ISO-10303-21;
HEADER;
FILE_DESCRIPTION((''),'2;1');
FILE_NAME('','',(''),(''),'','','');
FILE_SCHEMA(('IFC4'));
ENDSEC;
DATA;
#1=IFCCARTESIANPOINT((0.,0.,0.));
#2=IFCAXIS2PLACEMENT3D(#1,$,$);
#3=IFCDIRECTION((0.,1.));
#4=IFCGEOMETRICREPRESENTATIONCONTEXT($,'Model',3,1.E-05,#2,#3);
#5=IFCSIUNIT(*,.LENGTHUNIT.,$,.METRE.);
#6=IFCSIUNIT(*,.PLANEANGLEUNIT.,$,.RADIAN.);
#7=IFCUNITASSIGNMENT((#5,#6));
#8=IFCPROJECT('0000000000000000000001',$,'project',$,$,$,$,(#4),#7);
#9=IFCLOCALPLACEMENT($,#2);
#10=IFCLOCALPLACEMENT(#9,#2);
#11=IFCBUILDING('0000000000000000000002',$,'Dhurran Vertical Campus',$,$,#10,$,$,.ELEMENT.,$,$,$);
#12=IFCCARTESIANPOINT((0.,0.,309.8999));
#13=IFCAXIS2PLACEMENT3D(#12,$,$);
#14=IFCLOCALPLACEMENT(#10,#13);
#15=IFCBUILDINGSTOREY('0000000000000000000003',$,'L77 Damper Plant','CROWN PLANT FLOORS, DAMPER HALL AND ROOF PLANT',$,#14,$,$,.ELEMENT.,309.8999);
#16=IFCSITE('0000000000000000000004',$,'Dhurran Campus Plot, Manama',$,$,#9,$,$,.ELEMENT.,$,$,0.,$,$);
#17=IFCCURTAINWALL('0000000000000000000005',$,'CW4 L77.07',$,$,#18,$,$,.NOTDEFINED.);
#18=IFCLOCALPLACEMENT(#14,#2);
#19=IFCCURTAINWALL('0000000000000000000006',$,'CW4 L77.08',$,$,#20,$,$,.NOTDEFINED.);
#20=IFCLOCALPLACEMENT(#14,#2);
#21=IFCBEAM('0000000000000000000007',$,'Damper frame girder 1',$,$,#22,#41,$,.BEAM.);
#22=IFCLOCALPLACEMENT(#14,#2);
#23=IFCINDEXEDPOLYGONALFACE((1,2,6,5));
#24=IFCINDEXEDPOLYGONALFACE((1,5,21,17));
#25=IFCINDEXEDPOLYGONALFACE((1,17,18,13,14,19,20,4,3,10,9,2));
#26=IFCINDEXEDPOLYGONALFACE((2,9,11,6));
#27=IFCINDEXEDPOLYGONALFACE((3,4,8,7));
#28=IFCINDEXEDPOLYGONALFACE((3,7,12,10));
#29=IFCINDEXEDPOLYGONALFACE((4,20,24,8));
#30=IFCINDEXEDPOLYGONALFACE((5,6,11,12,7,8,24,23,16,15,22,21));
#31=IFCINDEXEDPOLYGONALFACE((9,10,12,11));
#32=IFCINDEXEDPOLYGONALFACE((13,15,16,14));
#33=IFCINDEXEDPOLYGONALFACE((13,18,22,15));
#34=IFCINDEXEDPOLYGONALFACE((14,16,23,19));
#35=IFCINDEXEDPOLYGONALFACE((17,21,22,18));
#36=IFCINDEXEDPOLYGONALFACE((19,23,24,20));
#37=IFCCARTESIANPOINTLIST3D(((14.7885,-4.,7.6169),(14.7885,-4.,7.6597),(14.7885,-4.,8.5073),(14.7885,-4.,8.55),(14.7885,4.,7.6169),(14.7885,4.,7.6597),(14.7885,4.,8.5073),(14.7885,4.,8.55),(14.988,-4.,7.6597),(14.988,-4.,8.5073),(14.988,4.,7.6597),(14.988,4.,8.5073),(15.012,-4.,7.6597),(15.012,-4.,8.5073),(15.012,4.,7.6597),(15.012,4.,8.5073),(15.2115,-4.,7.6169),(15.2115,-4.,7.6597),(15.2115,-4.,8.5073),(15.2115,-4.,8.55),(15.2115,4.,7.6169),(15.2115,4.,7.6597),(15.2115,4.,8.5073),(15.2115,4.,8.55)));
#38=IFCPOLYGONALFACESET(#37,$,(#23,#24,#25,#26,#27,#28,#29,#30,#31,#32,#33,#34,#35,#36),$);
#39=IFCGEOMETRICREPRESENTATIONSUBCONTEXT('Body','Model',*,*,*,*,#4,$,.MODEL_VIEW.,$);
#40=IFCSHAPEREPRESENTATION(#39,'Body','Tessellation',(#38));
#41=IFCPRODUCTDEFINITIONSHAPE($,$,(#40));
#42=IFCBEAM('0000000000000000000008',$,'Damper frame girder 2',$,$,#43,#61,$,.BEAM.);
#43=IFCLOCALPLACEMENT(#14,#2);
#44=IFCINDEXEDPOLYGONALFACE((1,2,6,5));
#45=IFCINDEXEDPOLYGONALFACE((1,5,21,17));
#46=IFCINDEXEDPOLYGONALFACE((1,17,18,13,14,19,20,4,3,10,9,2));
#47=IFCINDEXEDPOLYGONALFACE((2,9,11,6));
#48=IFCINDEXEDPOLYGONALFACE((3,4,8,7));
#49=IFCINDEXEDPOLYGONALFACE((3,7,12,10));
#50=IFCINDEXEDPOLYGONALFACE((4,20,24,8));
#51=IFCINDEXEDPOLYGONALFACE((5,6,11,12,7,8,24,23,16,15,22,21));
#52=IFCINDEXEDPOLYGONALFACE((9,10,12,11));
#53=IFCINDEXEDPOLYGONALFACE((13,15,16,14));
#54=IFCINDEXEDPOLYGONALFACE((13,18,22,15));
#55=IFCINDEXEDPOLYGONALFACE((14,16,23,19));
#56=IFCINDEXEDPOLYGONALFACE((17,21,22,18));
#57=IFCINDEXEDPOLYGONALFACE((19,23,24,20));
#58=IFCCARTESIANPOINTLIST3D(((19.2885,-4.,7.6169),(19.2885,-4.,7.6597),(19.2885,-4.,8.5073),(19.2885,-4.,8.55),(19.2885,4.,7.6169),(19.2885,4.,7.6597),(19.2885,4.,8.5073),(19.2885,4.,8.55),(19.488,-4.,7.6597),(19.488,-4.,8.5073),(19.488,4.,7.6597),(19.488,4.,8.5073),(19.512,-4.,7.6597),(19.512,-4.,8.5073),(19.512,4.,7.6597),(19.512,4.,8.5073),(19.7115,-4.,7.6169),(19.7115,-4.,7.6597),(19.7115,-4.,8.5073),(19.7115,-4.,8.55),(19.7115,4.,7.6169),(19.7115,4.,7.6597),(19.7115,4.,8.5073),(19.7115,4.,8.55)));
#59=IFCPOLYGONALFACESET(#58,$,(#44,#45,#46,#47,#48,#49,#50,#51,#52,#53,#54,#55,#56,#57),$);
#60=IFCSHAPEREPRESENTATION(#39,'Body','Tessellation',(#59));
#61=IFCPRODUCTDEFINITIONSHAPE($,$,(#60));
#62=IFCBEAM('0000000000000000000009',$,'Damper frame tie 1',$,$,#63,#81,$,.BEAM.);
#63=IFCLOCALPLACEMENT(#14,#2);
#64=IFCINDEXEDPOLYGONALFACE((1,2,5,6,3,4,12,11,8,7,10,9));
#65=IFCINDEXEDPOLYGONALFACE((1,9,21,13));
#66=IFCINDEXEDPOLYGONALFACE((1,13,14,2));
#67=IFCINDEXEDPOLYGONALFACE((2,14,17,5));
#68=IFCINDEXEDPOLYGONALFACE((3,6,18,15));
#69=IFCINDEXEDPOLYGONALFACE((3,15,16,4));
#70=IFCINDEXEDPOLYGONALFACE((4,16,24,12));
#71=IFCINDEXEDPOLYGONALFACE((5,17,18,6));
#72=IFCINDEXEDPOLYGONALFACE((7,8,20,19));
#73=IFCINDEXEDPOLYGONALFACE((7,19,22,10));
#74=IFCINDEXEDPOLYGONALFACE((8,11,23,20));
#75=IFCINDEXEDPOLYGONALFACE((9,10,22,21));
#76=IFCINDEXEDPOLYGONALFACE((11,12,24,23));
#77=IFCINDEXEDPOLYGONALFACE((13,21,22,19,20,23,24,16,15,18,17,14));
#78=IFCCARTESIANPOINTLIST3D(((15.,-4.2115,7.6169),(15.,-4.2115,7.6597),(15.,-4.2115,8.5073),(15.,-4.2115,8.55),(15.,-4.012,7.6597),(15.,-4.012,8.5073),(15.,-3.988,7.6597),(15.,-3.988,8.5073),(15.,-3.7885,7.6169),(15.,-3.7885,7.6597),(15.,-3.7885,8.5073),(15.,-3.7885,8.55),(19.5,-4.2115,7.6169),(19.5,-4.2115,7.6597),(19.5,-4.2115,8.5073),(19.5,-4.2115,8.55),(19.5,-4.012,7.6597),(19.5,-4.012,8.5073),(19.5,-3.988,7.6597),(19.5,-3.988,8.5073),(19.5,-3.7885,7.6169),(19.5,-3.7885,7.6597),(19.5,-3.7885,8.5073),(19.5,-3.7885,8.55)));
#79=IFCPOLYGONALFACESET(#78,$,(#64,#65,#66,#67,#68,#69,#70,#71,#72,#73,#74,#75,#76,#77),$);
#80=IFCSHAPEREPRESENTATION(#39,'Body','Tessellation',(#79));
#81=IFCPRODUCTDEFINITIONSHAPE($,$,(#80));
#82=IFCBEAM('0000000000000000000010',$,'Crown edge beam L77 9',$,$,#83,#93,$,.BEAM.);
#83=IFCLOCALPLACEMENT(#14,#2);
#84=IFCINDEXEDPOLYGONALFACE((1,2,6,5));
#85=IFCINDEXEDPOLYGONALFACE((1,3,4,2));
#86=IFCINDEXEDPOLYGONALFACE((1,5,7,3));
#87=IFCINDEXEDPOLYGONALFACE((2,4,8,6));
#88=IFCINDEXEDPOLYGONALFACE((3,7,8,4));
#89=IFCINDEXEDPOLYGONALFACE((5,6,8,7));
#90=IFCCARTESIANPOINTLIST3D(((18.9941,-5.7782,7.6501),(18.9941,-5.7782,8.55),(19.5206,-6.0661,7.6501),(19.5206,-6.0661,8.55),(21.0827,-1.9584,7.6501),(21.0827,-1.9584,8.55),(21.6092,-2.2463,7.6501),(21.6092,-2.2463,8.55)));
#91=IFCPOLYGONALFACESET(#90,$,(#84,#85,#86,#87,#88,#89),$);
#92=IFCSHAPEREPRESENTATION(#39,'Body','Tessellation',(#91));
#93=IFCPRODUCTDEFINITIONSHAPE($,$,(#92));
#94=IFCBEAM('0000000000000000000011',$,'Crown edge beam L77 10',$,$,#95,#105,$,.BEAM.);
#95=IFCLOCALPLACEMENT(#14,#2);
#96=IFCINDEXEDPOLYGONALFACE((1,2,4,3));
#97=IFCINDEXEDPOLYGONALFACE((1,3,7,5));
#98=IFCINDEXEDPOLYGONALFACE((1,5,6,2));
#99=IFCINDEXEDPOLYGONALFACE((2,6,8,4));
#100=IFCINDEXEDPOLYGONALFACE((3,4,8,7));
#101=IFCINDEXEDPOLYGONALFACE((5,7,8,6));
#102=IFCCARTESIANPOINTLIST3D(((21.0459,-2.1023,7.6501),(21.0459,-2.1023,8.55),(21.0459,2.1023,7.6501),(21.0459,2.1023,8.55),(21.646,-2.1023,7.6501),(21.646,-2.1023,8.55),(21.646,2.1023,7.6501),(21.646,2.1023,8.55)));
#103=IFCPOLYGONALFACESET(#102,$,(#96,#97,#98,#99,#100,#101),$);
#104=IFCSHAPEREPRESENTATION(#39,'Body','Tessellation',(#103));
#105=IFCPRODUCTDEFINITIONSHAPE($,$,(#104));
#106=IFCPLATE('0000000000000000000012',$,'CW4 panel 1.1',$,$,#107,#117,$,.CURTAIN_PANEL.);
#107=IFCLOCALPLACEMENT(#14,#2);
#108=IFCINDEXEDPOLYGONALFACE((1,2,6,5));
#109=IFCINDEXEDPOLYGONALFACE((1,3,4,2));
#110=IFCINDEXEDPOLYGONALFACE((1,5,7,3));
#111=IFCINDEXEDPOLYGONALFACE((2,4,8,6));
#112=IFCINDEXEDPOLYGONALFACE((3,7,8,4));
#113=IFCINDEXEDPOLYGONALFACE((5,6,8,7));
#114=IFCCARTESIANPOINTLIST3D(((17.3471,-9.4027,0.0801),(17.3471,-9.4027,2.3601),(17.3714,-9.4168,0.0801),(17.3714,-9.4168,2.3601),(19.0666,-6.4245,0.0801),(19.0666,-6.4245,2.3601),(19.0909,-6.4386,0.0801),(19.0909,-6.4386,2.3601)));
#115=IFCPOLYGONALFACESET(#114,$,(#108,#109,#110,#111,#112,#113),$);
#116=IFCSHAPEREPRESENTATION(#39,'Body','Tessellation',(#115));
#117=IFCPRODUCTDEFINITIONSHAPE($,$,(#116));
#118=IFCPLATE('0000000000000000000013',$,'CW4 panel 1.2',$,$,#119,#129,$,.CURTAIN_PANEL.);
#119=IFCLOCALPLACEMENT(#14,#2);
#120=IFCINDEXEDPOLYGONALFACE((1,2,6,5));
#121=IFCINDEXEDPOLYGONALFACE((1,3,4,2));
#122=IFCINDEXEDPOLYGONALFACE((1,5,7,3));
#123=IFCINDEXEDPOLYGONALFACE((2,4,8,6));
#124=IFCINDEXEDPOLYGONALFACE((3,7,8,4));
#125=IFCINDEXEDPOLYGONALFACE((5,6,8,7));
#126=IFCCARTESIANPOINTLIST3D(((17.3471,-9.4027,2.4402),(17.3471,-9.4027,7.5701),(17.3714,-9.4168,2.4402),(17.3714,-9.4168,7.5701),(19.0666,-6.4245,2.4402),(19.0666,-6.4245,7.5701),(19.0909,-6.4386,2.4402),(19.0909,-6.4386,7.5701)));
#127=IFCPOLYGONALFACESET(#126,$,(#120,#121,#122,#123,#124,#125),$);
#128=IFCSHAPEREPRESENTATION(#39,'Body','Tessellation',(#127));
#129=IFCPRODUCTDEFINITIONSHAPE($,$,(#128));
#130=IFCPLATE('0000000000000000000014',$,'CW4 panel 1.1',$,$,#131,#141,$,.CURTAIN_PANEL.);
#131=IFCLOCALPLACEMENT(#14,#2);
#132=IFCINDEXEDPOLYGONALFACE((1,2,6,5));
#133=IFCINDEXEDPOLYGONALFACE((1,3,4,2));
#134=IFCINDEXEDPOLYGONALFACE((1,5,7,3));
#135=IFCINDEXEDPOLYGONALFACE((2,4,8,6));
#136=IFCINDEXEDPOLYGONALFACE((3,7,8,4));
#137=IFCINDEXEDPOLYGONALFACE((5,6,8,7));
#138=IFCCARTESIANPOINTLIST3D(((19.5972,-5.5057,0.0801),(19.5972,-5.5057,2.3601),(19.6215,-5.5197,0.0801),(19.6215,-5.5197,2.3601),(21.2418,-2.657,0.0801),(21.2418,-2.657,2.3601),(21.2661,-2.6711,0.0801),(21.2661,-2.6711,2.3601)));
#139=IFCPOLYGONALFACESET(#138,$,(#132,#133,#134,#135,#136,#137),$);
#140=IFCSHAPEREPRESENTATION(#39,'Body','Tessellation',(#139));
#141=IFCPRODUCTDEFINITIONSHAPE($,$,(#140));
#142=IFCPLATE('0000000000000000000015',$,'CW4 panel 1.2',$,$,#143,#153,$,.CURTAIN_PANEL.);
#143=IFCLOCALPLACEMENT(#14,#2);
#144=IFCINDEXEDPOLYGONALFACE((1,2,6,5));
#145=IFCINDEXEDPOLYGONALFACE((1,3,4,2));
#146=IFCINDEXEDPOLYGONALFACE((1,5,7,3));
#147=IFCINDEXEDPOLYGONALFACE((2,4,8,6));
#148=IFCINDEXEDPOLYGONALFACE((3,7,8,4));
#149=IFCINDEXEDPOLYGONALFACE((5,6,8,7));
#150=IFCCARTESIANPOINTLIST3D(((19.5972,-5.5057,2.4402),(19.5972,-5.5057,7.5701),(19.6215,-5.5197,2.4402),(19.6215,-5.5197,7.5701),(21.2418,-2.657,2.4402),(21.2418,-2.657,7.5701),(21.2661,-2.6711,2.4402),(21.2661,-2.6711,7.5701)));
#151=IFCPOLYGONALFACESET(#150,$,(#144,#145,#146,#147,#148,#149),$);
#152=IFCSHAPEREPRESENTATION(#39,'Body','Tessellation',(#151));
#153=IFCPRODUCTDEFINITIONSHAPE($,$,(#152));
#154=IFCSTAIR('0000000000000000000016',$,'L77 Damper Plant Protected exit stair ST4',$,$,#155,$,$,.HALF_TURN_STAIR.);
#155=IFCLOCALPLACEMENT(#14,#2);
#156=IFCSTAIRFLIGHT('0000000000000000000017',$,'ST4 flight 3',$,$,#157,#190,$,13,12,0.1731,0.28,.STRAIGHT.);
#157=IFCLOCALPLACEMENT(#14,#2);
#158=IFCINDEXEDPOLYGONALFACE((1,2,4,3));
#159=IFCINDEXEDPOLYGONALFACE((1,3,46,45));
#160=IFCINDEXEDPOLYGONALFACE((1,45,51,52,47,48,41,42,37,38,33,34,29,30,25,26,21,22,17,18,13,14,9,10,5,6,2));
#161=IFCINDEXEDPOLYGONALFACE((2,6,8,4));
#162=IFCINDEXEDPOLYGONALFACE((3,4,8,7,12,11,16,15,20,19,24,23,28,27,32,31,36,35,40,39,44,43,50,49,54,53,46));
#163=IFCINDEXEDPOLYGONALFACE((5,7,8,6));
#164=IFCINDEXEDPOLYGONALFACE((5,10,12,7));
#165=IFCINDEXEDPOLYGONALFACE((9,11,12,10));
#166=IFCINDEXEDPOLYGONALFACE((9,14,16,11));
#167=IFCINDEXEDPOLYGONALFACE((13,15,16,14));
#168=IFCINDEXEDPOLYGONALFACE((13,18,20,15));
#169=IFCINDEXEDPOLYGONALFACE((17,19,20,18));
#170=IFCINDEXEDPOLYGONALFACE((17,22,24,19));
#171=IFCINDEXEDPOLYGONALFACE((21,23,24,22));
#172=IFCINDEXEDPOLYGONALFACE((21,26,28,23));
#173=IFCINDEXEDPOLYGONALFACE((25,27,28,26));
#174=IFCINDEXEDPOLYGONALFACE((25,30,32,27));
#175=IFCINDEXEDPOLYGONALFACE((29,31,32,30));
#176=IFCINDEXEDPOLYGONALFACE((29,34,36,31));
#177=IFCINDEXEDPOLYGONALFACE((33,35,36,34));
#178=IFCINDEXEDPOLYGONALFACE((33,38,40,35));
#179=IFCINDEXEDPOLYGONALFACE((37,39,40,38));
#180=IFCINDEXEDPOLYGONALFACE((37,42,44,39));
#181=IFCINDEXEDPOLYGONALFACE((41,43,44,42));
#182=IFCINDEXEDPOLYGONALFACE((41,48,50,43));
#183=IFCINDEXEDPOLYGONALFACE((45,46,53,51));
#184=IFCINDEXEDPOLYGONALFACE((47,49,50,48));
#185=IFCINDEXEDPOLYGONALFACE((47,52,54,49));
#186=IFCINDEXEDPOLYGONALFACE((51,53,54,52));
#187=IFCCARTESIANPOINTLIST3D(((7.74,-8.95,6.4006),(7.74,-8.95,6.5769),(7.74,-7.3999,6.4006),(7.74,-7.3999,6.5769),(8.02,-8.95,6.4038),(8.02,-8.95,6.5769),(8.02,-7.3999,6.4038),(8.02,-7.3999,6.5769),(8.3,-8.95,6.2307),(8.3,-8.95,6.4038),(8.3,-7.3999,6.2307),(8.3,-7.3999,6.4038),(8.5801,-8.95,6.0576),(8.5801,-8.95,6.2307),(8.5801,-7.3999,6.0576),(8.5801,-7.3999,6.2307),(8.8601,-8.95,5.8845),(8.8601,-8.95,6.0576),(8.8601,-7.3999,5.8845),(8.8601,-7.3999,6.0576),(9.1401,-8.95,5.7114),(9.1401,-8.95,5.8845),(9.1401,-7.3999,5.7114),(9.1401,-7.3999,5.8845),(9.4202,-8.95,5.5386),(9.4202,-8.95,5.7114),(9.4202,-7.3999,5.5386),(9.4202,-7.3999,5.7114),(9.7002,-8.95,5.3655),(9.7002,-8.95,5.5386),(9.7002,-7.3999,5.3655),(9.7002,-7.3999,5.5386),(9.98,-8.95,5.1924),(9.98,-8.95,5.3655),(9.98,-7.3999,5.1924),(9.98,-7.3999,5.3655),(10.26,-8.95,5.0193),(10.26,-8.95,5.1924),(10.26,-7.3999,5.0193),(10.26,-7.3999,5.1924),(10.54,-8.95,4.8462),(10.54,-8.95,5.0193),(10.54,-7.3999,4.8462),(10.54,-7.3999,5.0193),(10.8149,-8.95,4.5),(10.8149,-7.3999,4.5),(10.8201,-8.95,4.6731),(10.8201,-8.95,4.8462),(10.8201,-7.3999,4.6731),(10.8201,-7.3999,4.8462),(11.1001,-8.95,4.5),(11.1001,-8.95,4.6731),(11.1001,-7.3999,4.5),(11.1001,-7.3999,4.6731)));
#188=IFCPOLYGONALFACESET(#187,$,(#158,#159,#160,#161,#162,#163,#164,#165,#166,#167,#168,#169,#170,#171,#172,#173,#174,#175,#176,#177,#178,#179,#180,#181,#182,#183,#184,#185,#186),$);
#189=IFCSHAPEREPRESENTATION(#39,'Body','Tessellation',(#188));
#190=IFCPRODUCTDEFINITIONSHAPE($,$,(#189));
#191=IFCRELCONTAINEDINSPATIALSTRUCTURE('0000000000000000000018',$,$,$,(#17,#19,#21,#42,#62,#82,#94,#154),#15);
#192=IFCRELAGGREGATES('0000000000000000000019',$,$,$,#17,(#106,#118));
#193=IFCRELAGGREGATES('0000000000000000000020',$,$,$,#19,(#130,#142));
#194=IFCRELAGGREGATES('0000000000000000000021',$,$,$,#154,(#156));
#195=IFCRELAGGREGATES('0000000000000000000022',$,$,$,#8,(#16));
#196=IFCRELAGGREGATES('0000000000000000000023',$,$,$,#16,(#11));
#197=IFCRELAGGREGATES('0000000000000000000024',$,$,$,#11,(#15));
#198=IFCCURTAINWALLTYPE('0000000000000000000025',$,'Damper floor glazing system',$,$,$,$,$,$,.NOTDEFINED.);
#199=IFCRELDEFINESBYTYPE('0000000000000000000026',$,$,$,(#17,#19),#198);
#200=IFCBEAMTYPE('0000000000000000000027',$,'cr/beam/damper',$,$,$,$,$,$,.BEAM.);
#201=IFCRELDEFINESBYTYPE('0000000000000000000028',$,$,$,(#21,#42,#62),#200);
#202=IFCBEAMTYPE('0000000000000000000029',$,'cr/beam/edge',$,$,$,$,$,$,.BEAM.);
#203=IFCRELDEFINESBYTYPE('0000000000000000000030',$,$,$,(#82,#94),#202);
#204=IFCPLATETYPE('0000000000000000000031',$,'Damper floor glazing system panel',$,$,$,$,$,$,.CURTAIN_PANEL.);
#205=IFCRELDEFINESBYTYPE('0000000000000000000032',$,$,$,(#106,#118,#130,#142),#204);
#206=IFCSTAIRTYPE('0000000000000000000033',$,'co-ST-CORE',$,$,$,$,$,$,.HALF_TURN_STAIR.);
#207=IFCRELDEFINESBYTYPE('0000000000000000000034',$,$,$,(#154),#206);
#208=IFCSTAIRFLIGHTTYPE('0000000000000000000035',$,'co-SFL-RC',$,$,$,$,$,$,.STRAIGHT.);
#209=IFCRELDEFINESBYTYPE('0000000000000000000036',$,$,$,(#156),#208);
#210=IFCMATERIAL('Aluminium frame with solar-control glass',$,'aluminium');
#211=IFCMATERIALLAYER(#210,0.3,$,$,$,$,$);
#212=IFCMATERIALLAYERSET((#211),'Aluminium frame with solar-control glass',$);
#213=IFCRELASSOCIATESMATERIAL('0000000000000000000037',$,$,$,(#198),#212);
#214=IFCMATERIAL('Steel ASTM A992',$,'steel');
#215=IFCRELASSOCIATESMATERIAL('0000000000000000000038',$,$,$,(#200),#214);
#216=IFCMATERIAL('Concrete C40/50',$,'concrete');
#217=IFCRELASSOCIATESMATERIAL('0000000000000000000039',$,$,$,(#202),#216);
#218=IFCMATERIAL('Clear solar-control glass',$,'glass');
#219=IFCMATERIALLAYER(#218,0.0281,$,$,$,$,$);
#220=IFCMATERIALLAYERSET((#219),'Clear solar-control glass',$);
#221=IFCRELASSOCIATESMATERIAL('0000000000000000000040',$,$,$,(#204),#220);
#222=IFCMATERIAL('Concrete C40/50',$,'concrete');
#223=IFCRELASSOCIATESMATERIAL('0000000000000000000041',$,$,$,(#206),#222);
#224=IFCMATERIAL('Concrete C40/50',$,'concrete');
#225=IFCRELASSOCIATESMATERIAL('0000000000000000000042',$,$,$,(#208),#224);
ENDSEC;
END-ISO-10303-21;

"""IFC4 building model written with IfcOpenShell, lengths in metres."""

from ifc_helpers import new_model, si_unit, direction, frame, origin, origin_2d, place, context, subcontext, project, spatial, polyline, rectangle, i_section, outline, extrude, material, layer, layer_set, material_profile, profile_set, type_object, element, aggregate, save


model = new_model("IFC4")

# Units and contexts
model_context = context("Model", 3, precision=1e-05, world=origin(), true_north=direction((0.0, 1.0)))
body_context = subcontext(model_context, "Body", "Model", "MODEL_VIEW")
ifc_project = project(units=[si_unit("LENGTHUNIT", "METRE"), si_unit("PLANEANGLEUNIT", "RADIAN")], contexts=[model_context])

# Site, building, storey
site_placement = place(None, origin())
site = spatial("IfcSite", under=ifc_project, at=site_placement, Name="Dhurran Campus Plot, Manama", CompositionType="ELEMENT", RefElevation=0.0)
building_placement = place(site_placement, origin())
building = spatial("IfcBuilding", under=site, at=building_placement, Name="Dhurran Vertical Campus", CompositionType="ELEMENT")
storey_placement = place(building_placement, frame((0.0, 0.0, 309.8999)))
storey = spatial("IfcBuildingStorey", under=building, at=storey_placement, Name="L77 Damper Plant", Description="CROWN PLANT FLOORS, DAMPER HALL AND ROOF PLANT", CompositionType="ELEMENT", Elevation=309.8999)

# Curtain wall
ifc_material_1 = material(Name="Aluminium frame with solar-control glass", Category="aluminium")
ifc_layer_1 = layer(ifc_material_1, 0.3)
ifc_layer_set_1 = layer_set([ifc_layer_1], Name="Aluminium frame with solar-control glass")
curtain_wall_type = type_object("IfcCurtainWallType", Name="Damper floor glazing system", PredefinedType="NOTDEFINED", material=ifc_layer_set_1)
curtain_wall_1_placement = place(storey_placement, origin())
curtain_wall_1 = element("IfcCurtainWall", 1, at=curtain_wall_1_placement, inside=storey, type_object=curtain_wall_type, Name="CW4 L77.07", PredefinedType="NOTDEFINED")

# Curtain wall
curtain_wall_2_placement = place(storey_placement, origin())
curtain_wall_2 = element("IfcCurtainWall", 2, at=curtain_wall_2_placement, inside=storey, type_object=curtain_wall_type, Name="CW4 L77.08", PredefinedType="NOTDEFINED")

# Beams
ifc_material_2 = material(Name="Steel ASTM A992", Category="steel")
ifc_material_profile_1 = material_profile(ifc_material_2, i_section(OverallWidth=0.4231, OverallDepth=0.9331, WebThickness=0.0239, FlangeThickness=0.0427, at=origin_2d()), Name="W920x449")
ifc_profile_set_1 = profile_set([ifc_material_profile_1], Name="Steel ASTM A992")
beam_type_1 = type_object("IfcBeamType", Name="cr/beam/damper", PredefinedType="BEAM", material=ifc_profile_set_1)
for number, where, z_axis, x_axis, name in (
    (3, (15.0, -4.0, 8.0835), (0.0, 1.0, 0.0), (-1.0, 0.0, 0.0), "Damper frame girder 1"),
    (4, (19.5, -4.0, 8.0835), (0.0, 1.0, 0.0), (-1.0, 0.0, 0.0), "Damper frame girder 2"),
):
    element("IfcBeam", number, at=place(storey_placement, frame(where, z_axis=z_axis, x_axis=x_axis)), inside=storey, type_object=beam_type_1, Name=name, PredefinedType="BEAM", context=body_context, shape_type="SweptSolid", body=[
        extrude(i_section(OverallWidth=0.4231, OverallDepth=0.9331, WebThickness=0.0239, FlangeThickness=0.0427, at=origin_2d()), origin(), (0.0, 0.0, 1.0), 8.0),
    ])
beam_1_placement = place(storey_placement, frame((15.0, -4.0, 8.0835), z_axis=(1.0, 0.0, 0.0), x_axis=(0.0, 1.0, 0.0)))
element("IfcBeam", 5, at=beam_1_placement, inside=storey, type_object=beam_type_1, Name="Damper frame tie 1", PredefinedType="BEAM", context=body_context, shape_type="SweptSolid", body=[
    extrude(i_section(OverallWidth=0.4231, OverallDepth=0.9331, WebThickness=0.0239, FlangeThickness=0.0427, at=origin_2d()), origin(), (0.0, 0.0, 1.0), 4.5),
])
ifc_material_3 = material(Name="Concrete C40/50", Category="concrete")
ifc_material_profile_2 = material_profile(ifc_material_3, rectangle(XDim=0.6001, YDim=0.8999, at=origin_2d()), Name="cr/beam/edge")
ifc_profile_set_2 = profile_set([ifc_material_profile_2], Name="Concrete C40/50")
beam_type_2 = type_object("IfcBeamType", Name="cr/beam/edge", PredefinedType="BEAM", material=ifc_profile_set_2)
beam_2_placement = place(storey_placement, frame((19.2573, -5.9221, 8.1001), z_axis=(0.479752, 0.877404, 0.0), x_axis=(-0.877404, 0.479752, 0.0)))
element("IfcBeam", 6, at=beam_2_placement, inside=storey, type_object=beam_type_2, Name="Crown edge beam L77 9", PredefinedType="BEAM", context=body_context, shape_type="SweptSolid", body=[
    extrude(rectangle(XDim=0.6001, YDim=0.8999, at=origin_2d()), origin(), (0.0, 0.0, 1.0), 4.3535),
])
beam_3_placement = place(storey_placement, frame((21.3459, -2.1023, 8.1001), z_axis=(0.0, 1.0, 0.0), x_axis=(-1.0, 0.0, 0.0)))
element("IfcBeam", 7, at=beam_3_placement, inside=storey, type_object=beam_type_2, Name="Crown edge beam L77 10", PredefinedType="BEAM", context=body_context, shape_type="SweptSolid", body=[
    extrude(rectangle(XDim=0.6001, YDim=0.8999, at=origin_2d()), origin(), (0.0, 0.0, 1.0), 4.2046),
])

# Plates
ifc_material_4 = material(Name="Clear solar-control glass", Category="glass")
ifc_layer_2 = layer(ifc_material_4, 0.0281)
ifc_layer_set_2 = layer_set([ifc_layer_2], Name="Clear solar-control glass")
plate_type = type_object("IfcPlateType", Name="Damper floor glazing system panel", PredefinedType="CURTAIN_PANEL", material=ifc_layer_set_2)
plate_1_placement = place(storey_placement, frame((18.219, -7.9207, 0.0801), z_axis=(0.0, 0.0, 1.0), x_axis=(0.500003, 0.866024, 0.0)))
plate_1 = element("IfcPlate", 8, at=plate_1_placement, type_object=plate_type, Name="CW4 panel 1.1", PredefinedType="CURTAIN_PANEL", context=body_context, shape_type="SweptSolid", body=[
    extrude(rectangle(XDim=3.439, YDim=0.0281, at=origin_2d()), origin(), (0.0, 0.0, 1.0), 2.28),
])
plate_2_placement = place(storey_placement, frame((18.219, -7.9207, 2.4402), z_axis=(0.0, 0.0, 1.0), x_axis=(0.500003, 0.866024, 0.0)))
plate_2 = element("IfcPlate", 9, at=plate_2_placement, type_object=plate_type, Name="CW4 panel 1.2", PredefinedType="CURTAIN_PANEL", context=body_context, shape_type="SweptSolid", body=[
    extrude(rectangle(XDim=3.439, YDim=0.0281, at=origin_2d()), origin(), (0.0, 0.0, 1.0), 5.1299),
])
aggregate(curtain_wall_1, [plate_1, plate_2])
plate_3_placement = place(storey_placement, frame((20.4316, -4.0884, 0.0801), z_axis=(0.0, 0.0, 1.0), x_axis=(0.499996, 0.866028, 0.0)))
plate_3 = element("IfcPlate", 10, at=plate_3_placement, type_object=plate_type, Name="CW4 panel 1.1", PredefinedType="CURTAIN_PANEL", context=body_context, shape_type="SweptSolid", body=[
    extrude(rectangle(XDim=3.2893, YDim=0.0281, at=origin_2d()), origin(), (0.0, 0.0, 1.0), 2.28),
])
plate_4_placement = place(storey_placement, frame((20.4316, -4.0884, 2.4402), z_axis=(0.0, 0.0, 1.0), x_axis=(0.499996, 0.866028, 0.0)))
plate_4 = element("IfcPlate", 11, at=plate_4_placement, type_object=plate_type, Name="CW4 panel 1.2", PredefinedType="CURTAIN_PANEL", context=body_context, shape_type="SweptSolid", body=[
    extrude(rectangle(XDim=3.2893, YDim=0.0281, at=origin_2d()), origin(), (0.0, 0.0, 1.0), 5.1299),
])
aggregate(curtain_wall_2, [plate_3, plate_4])

# Stair, stair flight
ifc_material_5 = material(Name="Concrete C40/50", Category="concrete")
stair_type = type_object("IfcStairType", Name="co-ST-CORE", PredefinedType="HALF_TURN_STAIR", material=ifc_material_5)
stair_placement = place(storey_placement, origin())
stair = element("IfcStair", 12, at=stair_placement, inside=storey, type_object=stair_type, Name="L77 Damper Plant Protected exit stair ST4", PredefinedType="HALF_TURN_STAIR")
ifc_material_6 = material(Name="Concrete C40/50", Category="concrete")
stair_flight_type = type_object("IfcStairFlightType", Name="co-SFL-RC", PredefinedType="STRAIGHT", material=ifc_material_6)
stair_flight_placement = place(storey_placement, frame((11.1001, -8.175, 4.5), z_axis=(0.0, 0.0, 1.0), x_axis=(-1.0, 0.0, 0.0)))
stair_flight = element("IfcStairFlight", 13, at=stair_flight_placement, type_object=stair_flight_type, Name="ST4 flight 3", NumberOfRisers=13, NumberOfTreads=12, PredefinedType="STRAIGHT", RiserHeight=0.1731, TreadLength=0.28, context=body_context, shape_type="SweptSolid", body=[
    extrude(outline(polyline([(0.0, 0.0), (0.0, 0.1731), (0.28, 0.1731), (0.28, 0.3462), (0.5601, 0.3462), (0.5601, 0.5193), (0.8401, 0.5193), (0.8401, 0.6924), (1.1201, 0.6924), (1.1201, 0.8655), (1.3999, 0.8655), (1.3999, 1.0386), (1.6799, 1.0386), (1.6799, 1.2114), (1.96, 1.2114), (1.96, 1.3845), (2.24, 1.3845), (2.24, 1.5576), (2.52, 1.5576), (2.52, 1.7307), (2.8, 1.7307), (2.8, 1.9038), (3.0801, 1.9038), (3.0801, 2.0769), (3.3601, 2.0769), (3.3601, 2.25), (3.3601, 1.9006), (0.2852, 0.0), (0.0, 0.0)])), frame((0.0, 0.7749, 0.0), z_axis=(0.0, -1.0, 0.0), x_axis=(1.0, 0.0, 0.0)), (0.0, 0.0, 1.0), 1.55),
])
aggregate(stair, [stair_flight])

save(model, "model.ifc")
